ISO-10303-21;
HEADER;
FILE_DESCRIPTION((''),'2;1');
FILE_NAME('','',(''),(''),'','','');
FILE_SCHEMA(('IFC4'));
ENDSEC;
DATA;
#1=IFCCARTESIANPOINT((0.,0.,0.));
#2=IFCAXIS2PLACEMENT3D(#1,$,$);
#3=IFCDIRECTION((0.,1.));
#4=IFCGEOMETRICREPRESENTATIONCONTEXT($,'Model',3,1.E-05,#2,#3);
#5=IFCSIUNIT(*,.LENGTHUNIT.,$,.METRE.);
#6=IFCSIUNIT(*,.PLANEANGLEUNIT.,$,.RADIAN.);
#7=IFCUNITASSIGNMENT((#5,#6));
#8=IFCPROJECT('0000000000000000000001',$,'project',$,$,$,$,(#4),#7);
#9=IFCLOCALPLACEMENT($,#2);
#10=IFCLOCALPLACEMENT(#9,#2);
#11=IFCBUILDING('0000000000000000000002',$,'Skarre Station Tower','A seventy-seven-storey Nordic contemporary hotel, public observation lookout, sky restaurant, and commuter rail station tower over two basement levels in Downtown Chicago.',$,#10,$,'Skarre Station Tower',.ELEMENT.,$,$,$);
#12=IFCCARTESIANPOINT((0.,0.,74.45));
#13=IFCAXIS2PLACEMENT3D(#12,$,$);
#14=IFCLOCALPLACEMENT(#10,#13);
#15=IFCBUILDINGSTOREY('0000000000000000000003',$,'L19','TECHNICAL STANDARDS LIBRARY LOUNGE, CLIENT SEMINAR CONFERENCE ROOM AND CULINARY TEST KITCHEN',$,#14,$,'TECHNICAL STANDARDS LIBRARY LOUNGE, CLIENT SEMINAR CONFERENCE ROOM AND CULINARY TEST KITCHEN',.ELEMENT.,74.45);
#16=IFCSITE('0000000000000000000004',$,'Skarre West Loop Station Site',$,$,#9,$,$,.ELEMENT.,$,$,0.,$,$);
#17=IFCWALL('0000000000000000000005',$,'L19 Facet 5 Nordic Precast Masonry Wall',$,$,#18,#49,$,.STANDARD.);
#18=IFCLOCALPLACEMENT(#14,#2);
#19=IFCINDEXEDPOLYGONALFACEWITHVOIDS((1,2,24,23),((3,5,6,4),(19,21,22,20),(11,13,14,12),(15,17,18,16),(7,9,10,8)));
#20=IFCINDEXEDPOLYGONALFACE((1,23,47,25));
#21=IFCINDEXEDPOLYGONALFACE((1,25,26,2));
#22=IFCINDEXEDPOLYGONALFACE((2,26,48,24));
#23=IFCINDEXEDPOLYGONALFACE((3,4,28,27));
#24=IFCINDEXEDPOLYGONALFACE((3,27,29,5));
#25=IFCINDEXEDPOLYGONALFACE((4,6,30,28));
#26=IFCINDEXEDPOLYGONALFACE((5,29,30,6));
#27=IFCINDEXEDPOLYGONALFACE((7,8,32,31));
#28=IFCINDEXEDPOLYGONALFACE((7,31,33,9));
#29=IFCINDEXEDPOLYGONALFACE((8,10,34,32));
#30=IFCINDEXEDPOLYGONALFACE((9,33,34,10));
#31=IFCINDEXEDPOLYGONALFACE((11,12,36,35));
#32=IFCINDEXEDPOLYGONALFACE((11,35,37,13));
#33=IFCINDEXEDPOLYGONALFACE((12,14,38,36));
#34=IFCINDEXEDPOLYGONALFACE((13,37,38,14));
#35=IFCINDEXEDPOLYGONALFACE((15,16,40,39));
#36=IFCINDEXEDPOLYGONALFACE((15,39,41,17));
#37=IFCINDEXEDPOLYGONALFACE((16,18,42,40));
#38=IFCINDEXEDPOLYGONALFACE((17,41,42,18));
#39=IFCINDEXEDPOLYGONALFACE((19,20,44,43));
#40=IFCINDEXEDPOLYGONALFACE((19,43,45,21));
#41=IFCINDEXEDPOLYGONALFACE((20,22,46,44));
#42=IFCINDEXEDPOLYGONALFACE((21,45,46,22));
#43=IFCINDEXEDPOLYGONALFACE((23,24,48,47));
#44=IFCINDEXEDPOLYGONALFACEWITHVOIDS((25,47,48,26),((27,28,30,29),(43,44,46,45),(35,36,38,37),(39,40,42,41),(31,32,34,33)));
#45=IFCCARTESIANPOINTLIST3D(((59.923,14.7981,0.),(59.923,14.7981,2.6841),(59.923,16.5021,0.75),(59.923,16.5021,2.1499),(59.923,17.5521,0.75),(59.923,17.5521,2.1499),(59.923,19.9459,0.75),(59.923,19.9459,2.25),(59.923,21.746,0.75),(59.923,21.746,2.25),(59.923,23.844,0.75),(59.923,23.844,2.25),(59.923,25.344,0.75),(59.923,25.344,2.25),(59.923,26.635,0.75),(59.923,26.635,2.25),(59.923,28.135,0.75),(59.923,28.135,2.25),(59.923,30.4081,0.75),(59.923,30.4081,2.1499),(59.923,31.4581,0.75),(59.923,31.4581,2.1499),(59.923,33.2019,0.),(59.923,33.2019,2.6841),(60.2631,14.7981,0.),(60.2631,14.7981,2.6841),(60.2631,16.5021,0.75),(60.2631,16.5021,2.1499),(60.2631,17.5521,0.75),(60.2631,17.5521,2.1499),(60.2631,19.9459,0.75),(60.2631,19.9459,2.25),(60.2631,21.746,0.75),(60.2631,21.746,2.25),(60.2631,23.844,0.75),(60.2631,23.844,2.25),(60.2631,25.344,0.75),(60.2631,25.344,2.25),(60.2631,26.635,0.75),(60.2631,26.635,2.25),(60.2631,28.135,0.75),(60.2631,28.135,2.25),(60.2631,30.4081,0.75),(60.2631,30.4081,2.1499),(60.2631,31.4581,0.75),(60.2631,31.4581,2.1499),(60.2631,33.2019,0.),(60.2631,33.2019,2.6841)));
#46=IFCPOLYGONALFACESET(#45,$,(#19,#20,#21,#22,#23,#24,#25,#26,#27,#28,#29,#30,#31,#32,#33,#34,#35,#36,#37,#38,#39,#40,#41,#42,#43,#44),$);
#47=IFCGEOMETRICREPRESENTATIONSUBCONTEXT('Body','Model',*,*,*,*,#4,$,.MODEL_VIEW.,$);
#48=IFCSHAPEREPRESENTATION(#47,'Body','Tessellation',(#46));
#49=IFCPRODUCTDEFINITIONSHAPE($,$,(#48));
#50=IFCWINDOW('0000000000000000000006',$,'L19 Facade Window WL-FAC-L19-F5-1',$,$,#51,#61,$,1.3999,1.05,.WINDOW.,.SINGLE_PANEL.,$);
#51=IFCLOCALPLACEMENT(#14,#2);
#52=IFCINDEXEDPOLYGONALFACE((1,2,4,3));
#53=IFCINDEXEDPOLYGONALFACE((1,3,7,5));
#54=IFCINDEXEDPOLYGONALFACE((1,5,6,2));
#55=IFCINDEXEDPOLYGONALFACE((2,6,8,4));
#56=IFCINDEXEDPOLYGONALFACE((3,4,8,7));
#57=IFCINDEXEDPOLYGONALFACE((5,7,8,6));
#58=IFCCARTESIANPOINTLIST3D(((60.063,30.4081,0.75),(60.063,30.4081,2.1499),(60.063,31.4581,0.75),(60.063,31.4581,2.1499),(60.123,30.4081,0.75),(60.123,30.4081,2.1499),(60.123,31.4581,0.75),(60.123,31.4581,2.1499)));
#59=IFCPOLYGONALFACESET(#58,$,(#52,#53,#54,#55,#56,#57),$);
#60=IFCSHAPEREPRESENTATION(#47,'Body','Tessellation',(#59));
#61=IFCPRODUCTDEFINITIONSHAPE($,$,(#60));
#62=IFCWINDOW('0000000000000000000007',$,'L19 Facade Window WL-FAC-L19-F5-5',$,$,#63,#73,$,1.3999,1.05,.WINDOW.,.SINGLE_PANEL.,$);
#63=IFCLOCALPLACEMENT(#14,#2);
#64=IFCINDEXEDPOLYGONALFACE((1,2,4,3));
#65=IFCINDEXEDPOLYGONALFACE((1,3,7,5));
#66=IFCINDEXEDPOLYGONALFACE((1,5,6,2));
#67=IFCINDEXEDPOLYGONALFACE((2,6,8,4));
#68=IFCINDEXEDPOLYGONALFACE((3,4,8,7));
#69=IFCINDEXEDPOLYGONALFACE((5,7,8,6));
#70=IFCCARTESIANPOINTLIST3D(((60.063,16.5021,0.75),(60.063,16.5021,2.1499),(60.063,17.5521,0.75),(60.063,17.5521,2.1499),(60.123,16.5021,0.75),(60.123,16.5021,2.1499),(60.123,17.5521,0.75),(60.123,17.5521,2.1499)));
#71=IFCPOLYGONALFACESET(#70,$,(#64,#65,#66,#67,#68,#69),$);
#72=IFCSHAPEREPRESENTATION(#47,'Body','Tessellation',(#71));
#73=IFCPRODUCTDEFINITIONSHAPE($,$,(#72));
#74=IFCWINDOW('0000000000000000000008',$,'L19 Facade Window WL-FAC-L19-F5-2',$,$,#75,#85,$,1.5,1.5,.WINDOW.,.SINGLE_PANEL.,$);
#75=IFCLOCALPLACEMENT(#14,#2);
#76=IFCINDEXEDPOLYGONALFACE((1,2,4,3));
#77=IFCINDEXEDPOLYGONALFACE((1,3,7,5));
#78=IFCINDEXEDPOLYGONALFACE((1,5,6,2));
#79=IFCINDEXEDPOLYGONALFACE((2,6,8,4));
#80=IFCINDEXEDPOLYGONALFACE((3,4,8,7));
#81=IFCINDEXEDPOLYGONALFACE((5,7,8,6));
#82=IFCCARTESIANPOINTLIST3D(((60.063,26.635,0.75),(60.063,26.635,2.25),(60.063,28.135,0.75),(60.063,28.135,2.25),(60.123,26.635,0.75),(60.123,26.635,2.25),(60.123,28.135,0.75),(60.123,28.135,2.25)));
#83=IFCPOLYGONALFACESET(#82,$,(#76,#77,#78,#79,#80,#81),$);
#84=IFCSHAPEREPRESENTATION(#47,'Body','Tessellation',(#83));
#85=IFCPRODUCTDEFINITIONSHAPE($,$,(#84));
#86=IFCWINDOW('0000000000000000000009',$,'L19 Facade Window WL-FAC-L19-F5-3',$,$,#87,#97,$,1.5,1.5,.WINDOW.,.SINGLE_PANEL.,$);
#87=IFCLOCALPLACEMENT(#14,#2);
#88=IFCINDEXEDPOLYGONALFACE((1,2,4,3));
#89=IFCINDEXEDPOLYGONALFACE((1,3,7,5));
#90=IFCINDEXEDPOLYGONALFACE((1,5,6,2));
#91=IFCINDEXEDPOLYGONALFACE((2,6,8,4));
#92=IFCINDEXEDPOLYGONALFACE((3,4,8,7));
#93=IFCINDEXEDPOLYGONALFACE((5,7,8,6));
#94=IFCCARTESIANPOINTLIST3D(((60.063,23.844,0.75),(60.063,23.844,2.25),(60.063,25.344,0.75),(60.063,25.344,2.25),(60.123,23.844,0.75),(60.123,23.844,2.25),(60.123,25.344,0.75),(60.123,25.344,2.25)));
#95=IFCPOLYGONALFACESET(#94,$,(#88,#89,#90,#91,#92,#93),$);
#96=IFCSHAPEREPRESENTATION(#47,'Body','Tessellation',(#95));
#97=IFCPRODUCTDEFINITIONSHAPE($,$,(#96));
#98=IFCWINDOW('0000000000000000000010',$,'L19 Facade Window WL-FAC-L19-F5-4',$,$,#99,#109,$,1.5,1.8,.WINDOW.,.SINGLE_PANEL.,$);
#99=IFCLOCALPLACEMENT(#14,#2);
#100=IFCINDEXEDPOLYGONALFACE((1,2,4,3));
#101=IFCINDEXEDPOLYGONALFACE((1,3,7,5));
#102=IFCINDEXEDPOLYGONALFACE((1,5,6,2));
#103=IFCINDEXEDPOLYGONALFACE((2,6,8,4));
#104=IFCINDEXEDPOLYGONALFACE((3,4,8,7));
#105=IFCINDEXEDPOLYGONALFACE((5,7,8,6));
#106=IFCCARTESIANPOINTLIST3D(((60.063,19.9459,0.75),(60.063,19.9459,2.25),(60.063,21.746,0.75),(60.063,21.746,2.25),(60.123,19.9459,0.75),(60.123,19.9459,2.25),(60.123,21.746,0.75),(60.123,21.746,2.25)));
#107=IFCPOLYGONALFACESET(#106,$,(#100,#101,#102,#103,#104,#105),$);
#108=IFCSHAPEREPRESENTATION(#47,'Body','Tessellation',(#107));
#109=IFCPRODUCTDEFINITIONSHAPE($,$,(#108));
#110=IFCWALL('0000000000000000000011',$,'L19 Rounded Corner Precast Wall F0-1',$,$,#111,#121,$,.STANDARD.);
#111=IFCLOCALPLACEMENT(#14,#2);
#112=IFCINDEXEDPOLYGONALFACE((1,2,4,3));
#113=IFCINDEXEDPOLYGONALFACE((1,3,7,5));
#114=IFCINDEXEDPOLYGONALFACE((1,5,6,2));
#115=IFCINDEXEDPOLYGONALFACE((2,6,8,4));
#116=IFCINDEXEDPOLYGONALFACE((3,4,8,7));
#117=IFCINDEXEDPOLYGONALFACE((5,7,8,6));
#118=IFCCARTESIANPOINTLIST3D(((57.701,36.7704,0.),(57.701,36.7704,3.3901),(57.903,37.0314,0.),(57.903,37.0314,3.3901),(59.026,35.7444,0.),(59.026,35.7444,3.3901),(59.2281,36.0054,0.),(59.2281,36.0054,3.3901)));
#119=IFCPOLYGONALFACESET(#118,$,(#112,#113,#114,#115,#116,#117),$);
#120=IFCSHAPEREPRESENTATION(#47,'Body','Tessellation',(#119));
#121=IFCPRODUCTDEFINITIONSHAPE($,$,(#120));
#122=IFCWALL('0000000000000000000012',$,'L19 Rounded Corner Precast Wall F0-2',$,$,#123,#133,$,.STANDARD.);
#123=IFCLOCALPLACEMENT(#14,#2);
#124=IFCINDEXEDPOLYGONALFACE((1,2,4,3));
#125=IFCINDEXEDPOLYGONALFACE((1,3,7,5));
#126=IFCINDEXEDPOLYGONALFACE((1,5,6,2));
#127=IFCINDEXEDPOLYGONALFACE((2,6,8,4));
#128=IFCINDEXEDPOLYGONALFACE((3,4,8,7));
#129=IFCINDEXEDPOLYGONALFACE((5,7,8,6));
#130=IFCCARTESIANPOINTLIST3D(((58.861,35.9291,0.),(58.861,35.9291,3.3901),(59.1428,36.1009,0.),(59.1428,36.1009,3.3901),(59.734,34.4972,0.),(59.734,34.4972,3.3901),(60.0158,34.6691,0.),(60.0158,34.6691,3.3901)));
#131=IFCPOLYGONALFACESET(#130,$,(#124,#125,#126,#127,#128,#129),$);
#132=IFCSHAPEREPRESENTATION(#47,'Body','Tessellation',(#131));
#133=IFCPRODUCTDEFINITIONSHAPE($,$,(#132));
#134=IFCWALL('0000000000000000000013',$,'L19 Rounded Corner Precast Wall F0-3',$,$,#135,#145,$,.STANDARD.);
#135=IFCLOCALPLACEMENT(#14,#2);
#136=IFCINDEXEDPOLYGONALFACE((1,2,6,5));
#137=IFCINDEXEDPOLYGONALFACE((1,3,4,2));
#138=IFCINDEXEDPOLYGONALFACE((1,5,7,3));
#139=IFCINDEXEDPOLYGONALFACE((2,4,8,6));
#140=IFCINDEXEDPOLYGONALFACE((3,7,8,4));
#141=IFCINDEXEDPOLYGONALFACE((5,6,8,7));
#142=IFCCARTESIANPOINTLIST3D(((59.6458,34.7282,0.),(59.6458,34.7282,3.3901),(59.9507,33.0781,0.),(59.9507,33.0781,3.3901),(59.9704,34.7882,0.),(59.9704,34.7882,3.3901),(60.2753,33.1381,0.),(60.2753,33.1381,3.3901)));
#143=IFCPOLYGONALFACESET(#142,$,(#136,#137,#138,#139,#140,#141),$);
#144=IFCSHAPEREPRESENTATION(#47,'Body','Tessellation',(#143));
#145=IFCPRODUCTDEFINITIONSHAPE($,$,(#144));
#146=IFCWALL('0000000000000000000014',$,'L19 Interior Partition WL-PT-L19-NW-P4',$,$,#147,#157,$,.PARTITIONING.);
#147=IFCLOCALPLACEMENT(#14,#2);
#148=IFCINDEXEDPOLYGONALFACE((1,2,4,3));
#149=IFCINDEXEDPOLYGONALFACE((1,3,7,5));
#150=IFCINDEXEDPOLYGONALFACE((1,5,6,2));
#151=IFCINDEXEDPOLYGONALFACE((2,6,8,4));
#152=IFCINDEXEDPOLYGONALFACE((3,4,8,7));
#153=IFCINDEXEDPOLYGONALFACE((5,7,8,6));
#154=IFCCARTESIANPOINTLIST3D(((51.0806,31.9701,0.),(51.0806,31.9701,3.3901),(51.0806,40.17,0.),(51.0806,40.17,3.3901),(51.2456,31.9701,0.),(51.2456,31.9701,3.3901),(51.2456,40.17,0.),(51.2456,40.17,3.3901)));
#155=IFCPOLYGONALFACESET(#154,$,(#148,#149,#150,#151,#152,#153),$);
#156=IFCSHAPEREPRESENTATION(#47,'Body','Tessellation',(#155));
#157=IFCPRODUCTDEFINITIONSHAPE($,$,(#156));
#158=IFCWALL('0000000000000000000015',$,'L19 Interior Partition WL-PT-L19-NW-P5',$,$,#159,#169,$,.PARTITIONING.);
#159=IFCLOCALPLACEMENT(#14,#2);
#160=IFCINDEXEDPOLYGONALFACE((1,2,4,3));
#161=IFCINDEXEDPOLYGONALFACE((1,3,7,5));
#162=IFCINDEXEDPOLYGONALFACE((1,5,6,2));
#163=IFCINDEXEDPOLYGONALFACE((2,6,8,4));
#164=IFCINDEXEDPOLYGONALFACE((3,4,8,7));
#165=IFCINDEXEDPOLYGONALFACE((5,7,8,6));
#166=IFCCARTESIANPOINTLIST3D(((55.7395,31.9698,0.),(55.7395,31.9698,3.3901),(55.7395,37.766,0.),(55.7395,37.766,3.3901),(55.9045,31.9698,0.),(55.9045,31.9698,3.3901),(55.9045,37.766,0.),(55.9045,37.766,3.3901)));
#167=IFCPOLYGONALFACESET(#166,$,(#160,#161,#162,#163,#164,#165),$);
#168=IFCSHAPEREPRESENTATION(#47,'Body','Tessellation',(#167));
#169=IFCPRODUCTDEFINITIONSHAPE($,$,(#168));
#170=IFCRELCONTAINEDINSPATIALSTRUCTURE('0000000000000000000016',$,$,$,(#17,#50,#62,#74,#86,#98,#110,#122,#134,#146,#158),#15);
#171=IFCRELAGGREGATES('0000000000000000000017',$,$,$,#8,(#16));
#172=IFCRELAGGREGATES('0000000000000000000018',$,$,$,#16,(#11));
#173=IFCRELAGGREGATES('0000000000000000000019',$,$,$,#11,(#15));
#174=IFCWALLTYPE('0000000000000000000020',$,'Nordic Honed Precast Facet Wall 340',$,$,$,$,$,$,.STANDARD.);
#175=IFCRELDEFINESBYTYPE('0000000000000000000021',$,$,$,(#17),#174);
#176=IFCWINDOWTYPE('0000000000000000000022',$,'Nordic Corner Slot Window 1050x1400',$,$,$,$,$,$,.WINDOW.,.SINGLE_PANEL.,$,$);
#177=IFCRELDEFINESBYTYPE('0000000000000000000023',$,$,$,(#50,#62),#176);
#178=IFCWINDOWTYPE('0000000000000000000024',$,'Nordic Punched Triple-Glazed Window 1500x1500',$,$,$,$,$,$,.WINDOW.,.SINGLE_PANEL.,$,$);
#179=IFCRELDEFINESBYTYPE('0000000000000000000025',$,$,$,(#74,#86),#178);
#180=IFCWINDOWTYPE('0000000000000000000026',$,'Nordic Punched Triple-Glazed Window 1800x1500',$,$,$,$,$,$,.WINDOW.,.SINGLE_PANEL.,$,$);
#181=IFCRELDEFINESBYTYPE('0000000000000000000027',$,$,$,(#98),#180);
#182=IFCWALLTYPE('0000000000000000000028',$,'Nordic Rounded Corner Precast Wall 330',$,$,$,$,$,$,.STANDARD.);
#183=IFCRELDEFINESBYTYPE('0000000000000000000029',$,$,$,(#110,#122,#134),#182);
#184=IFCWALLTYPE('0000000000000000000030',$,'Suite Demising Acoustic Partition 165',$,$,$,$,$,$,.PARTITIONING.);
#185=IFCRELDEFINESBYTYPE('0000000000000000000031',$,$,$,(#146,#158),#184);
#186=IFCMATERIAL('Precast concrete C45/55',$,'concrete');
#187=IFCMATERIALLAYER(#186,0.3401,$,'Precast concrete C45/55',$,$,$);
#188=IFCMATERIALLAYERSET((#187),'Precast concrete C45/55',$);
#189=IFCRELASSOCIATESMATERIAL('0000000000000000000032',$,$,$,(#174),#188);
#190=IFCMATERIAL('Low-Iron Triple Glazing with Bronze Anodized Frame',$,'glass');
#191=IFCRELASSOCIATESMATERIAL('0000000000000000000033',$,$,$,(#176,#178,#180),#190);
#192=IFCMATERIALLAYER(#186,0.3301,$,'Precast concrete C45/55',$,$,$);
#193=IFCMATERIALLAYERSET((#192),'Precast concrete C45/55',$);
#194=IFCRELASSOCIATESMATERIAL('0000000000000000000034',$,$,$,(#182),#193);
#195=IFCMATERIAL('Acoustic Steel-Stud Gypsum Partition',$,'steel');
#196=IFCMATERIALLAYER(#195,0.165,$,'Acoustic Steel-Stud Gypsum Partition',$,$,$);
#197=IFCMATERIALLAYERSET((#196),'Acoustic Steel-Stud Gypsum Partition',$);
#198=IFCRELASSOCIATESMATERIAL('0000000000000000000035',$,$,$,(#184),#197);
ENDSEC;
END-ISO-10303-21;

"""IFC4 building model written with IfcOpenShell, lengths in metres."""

from ifc_helpers import new_model, si_unit, direction, frame, frame_2d, origin, place, context, subcontext, project, spatial, rectangle, extrude, material, layer, layer_set, type_object, element, fill, save


model = new_model("IFC4")

# Units and contexts
model_context = context("Model", 3, precision=1e-05, world=origin(), true_north=direction((0.0, 1.0)))
body_context = subcontext(model_context, "Body", "Model", "MODEL_VIEW")
ifc_project = project(units=[si_unit("LENGTHUNIT", "METRE"), si_unit("PLANEANGLEUNIT", "RADIAN")], contexts=[model_context])

# Site, building, storey
site_placement = place(None, origin())
site = spatial("IfcSite", under=ifc_project, at=site_placement, Name="Skarre West Loop Station Site", CompositionType="ELEMENT", RefElevation=0.0)
building_placement = place(site_placement, origin())
building = spatial("IfcBuilding", under=site, at=building_placement, Name="Skarre Station Tower", Description="A seventy-seven-storey Nordic contemporary hotel, public observation lookout, sky restaurant, and commuter rail station tower over two basement levels in Downtown Chicago.", LongName="Skarre Station Tower", CompositionType="ELEMENT")
storey_placement = place(building_placement, frame((0.0, 0.0, 74.45)))
storey = spatial("IfcBuildingStorey", under=building, at=storey_placement, Name="L19", Description="TECHNICAL STANDARDS LIBRARY LOUNGE, CLIENT SEMINAR CONFERENCE ROOM AND CULINARY TEST KITCHEN", LongName="TECHNICAL STANDARDS LIBRARY LOUNGE, CLIENT SEMINAR CONFERENCE ROOM AND CULINARY TEST KITCHEN", CompositionType="ELEMENT", Elevation=74.45)

# Wall, openings, windows
ifc_material_1 = material(Name="Precast concrete C45/55", Category="concrete")
ifc_layer_1 = layer(ifc_material_1, 0.3401, Name="Precast concrete C45/55")
ifc_layer_set_1 = layer_set([ifc_layer_1], Name="Precast concrete C45/55")
wall_type_1 = type_object("IfcWallType", Name="Nordic Honed Precast Facet Wall 340", PredefinedType="STANDARD", material=ifc_layer_set_1)
wall_1_placement = place(storey_placement, frame((60.093, 33.2019, 0.0), z_axis=(0.0, 0.0, 1.0), x_axis=(0.0, -1.0, 0.0)))
wall_1 = element("IfcWall", 1, at=wall_1_placement, inside=storey, type_object=wall_type_1, Name="L19 Facet 5 Nordic Precast Masonry Wall", PredefinedType="STANDARD", context=body_context, shape_type="SweptSolid", body=[
    extrude(rectangle(XDim=18.4038, YDim=0.3401, at=frame_2d((9.2019, 0.0))), origin(), (0.0, 0.0, 1.0), 2.6841),
])
opening_1_placement = place(wall_1_placement, frame((1.7439, 0.0, 0.75)))
opening_1 = element("IfcOpeningElement", 2, at=opening_1_placement, cuts=wall_1, PredefinedType="OPENING", context=body_context, shape_type="SweptSolid", body=[
    extrude(rectangle(XDim=1.05, YDim=1.3999, at=frame_2d((0.5249, 0.7))), frame((0.0, 0.1799, 0.0), z_axis=(0.0, -1.0, 0.0), x_axis=(1.0, 0.0, 0.0)), (0.0, 0.0, 1.0), 0.3601),
])
opening_2_placement = place(wall_1_placement, frame((5.0669, 0.0, 0.75)))
opening_2 = element("IfcOpeningElement", 3, at=opening_2_placement, cuts=wall_1, PredefinedType="OPENING", context=body_context, shape_type="SweptSolid", body=[
    extrude(rectangle(XDim=1.5, YDim=1.5, at=frame_2d((0.75, 0.75))), frame((0.0, 0.1799, 0.0), z_axis=(0.0, -1.0, 0.0), x_axis=(1.0, 0.0, 0.0)), (0.0, 0.0, 1.0), 0.3601),
])
opening_3_placement = place(wall_1_placement, frame((7.8579, 0.0, 0.75)))
opening_3 = element("IfcOpeningElement", 4, at=opening_3_placement, cuts=wall_1, PredefinedType="OPENING", context=body_context, shape_type="SweptSolid", body=[
    extrude(rectangle(XDim=1.5, YDim=1.5, at=frame_2d((0.75, 0.75))), frame((0.0, 0.1799, 0.0), z_axis=(0.0, -1.0, 0.0), x_axis=(1.0, 0.0, 0.0)), (0.0, 0.0, 1.0), 0.3601),
])
opening_4_placement = place(wall_1_placement, frame((11.4561, 0.0, 0.75)))
opening_4 = element("IfcOpeningElement", 5, at=opening_4_placement, cuts=wall_1, PredefinedType="OPENING", context=body_context, shape_type="SweptSolid", body=[
    extrude(rectangle(XDim=1.8, YDim=1.5, at=frame_2d((0.8999, 0.75))), frame((0.0, 0.1799, 0.0), z_axis=(0.0, -1.0, 0.0), x_axis=(1.0, 0.0, 0.0)), (0.0, 0.0, 1.0), 0.3601),
])
opening_5_placement = place(wall_1_placement, frame((15.6499, 0.0, 0.75)))
opening_5 = element("IfcOpeningElement", 6, at=opening_5_placement, cuts=wall_1, PredefinedType="OPENING", context=body_context, shape_type="SweptSolid", body=[
    extrude(rectangle(XDim=1.05, YDim=1.3999, at=frame_2d((0.5249, 0.7))), frame((0.0, 0.1799, 0.0), z_axis=(0.0, -1.0, 0.0), x_axis=(1.0, 0.0, 0.0)), (0.0, 0.0, 1.0), 0.3601),
])
ifc_material_2 = material(Name="Low-Iron Triple Glazing with Bronze Anodized Frame", Category="glass")
window_type_1 = type_object("IfcWindowType", Name="Nordic Corner Slot Window 1050x1400", PartitioningType="SINGLE_PANEL", PredefinedType="WINDOW", material=ifc_material_2)
window_1_placement = place(opening_1_placement, origin())
window_1 = element("IfcWindow", 7, at=window_1_placement, inside=storey, type_object=window_type_1, Name="L19 Facade Window WL-FAC-L19-F5-1", OverallHeight=1.3999, OverallWidth=1.05, PartitioningType="SINGLE_PANEL", PredefinedType="WINDOW", context=body_context, shape_type="SweptSolid", body=[
    extrude(rectangle(XDim=1.05, YDim=1.3999, at=frame_2d((0.5249, 0.7))), frame((0.0, 0.03, 0.0), z_axis=(0.0, -1.0, 0.0), x_axis=(1.0, 0.0, 0.0)), (0.0, 0.0, 1.0), 0.0601),
])
fill(opening_1, window_1)
window_2_placement = place(opening_5_placement, origin())
window_2 = element("IfcWindow", 8, at=window_2_placement, inside=storey, type_object=window_type_1, Name="L19 Facade Window WL-FAC-L19-F5-5", OverallHeight=1.3999, OverallWidth=1.05, PartitioningType="SINGLE_PANEL", PredefinedType="WINDOW", context=body_context, shape_type="SweptSolid", body=[
    extrude(rectangle(XDim=1.05, YDim=1.3999, at=frame_2d((0.5249, 0.7))), frame((0.0, 0.03, 0.0), z_axis=(0.0, -1.0, 0.0), x_axis=(1.0, 0.0, 0.0)), (0.0, 0.0, 1.0), 0.0601),
])
fill(opening_5, window_2)
window_type_2 = type_object("IfcWindowType", Name="Nordic Punched Triple-Glazed Window 1500x1500", PartitioningType="SINGLE_PANEL", PredefinedType="WINDOW", material=ifc_material_2)
window_3_placement = place(opening_2_placement, origin())
window_3 = element("IfcWindow", 9, at=window_3_placement, inside=storey, type_object=window_type_2, Name="L19 Facade Window WL-FAC-L19-F5-2", OverallHeight=1.5, OverallWidth=1.5, PartitioningType="SINGLE_PANEL", PredefinedType="WINDOW", context=body_context, shape_type="SweptSolid", body=[
    extrude(rectangle(XDim=1.5, YDim=1.5, at=frame_2d((0.75, 0.75))), frame((0.0, 0.03, 0.0), z_axis=(0.0, -1.0, 0.0), x_axis=(1.0, 0.0, 0.0)), (0.0, 0.0, 1.0), 0.0601),
])
fill(opening_2, window_3)
window_4_placement = place(opening_3_placement, origin())
window_4 = element("IfcWindow", 10, at=window_4_placement, inside=storey, type_object=window_type_2, Name="L19 Facade Window WL-FAC-L19-F5-3", OverallHeight=1.5, OverallWidth=1.5, PartitioningType="SINGLE_PANEL", PredefinedType="WINDOW", context=body_context, shape_type="SweptSolid", body=[
    extrude(rectangle(XDim=1.5, YDim=1.5, at=frame_2d((0.75, 0.75))), frame((0.0, 0.03, 0.0), z_axis=(0.0, -1.0, 0.0), x_axis=(1.0, 0.0, 0.0)), (0.0, 0.0, 1.0), 0.0601),
])
fill(opening_3, window_4)
window_type_3 = type_object("IfcWindowType", Name="Nordic Punched Triple-Glazed Window 1800x1500", PartitioningType="SINGLE_PANEL", PredefinedType="WINDOW", material=ifc_material_2)
window_5_placement = place(opening_4_placement, origin())
window_5 = element("IfcWindow", 11, at=window_5_placement, inside=storey, type_object=window_type_3, Name="L19 Facade Window WL-FAC-L19-F5-4", OverallHeight=1.5, OverallWidth=1.8, PartitioningType="SINGLE_PANEL", PredefinedType="WINDOW", context=body_context, shape_type="SweptSolid", body=[
    extrude(rectangle(XDim=1.8, YDim=1.5, at=frame_2d((0.8999, 0.75))), frame((0.0, 0.03, 0.0), z_axis=(0.0, -1.0, 0.0), x_axis=(1.0, 0.0, 0.0)), (0.0, 0.0, 1.0), 0.0601),
])
fill(opening_4, window_5)

# Walls
ifc_layer_2 = layer(ifc_material_1, 0.3301, Name="Precast concrete C45/55")
ifc_layer_set_2 = layer_set([ifc_layer_2], Name="Precast concrete C45/55")
wall_type_2 = type_object("IfcWallType", Name="Nordic Rounded Corner Precast Wall 330", PredefinedType="STANDARD", material=ifc_layer_set_2)
wall_2_placement = place(storey_placement, frame((57.802, 36.9009, 0.0), z_axis=(0.0, 0.0, 1.0), x_axis=(0.790692, -0.612214, 0.0)))
element("IfcWall", 12, at=wall_2_placement, inside=storey, type_object=wall_type_2, Name="L19 Rounded Corner Precast Wall F0-1", PredefinedType="STANDARD", context=body_context, shape_type="SweptSolid", body=[
    extrude(rectangle(XDim=1.6758, YDim=0.3301, at=frame_2d((0.8379, 0.0))), origin(), (0.0, 0.0, 1.0), 3.3901),
])
wall_3_placement = place(storey_placement, frame((59.002, 36.0149, 0.0), z_axis=(0.0, 0.0, 1.0), x_axis=(0.520584, -0.85381, 0.0)))
element("IfcWall", 13, at=wall_3_placement, inside=storey, type_object=wall_type_2, Name="L19 Rounded Corner Precast Wall F0-2", PredefinedType="STANDARD", context=body_context, shape_type="SweptSolid", body=[
    extrude(rectangle(XDim=1.677, YDim=0.3301, at=frame_2d((0.8384, 0.0))), origin(), (0.0, 0.0, 1.0), 3.3901),
])
wall_4_placement = place(storey_placement, frame((59.8081, 34.7581, 0.0), z_axis=(0.0, 0.0, 1.0), x_axis=(0.181714, -0.983351, 0.0)))
element("IfcWall", 14, at=wall_4_placement, inside=storey, type_object=wall_type_2, Name="L19 Rounded Corner Precast Wall F0-3", PredefinedType="STANDARD", context=body_context, shape_type="SweptSolid", body=[
    extrude(rectangle(XDim=1.678, YDim=0.3301, at=frame_2d((0.8389, 0.0))), origin(), (0.0, 0.0, 1.0), 3.3901),
])
ifc_material_3 = material(Name="Acoustic Steel-Stud Gypsum Partition", Category="steel")
ifc_layer_3 = layer(ifc_material_3, 0.165, Name="Acoustic Steel-Stud Gypsum Partition")
ifc_layer_set_3 = layer_set([ifc_layer_3], Name="Acoustic Steel-Stud Gypsum Partition")
wall_type_3 = type_object("IfcWallType", Name="Suite Demising Acoustic Partition 165", PredefinedType="PARTITIONING", material=ifc_layer_set_3)
wall_5_placement = place(storey_placement, frame((51.1631, 31.97, 0.0), z_axis=(0.0, 0.0, 1.0), x_axis=(0.0, 1.0, 0.0)))
element("IfcWall", 15, at=wall_5_placement, inside=storey, type_object=wall_type_3, Name="L19 Interior Partition WL-PT-L19-NW-P4", PredefinedType="PARTITIONING", context=body_context, shape_type="SweptSolid", body=[
    extrude(rectangle(XDim=8.2, YDim=0.165, at=frame_2d((4.1001, 0.0))), origin(), (0.0, 0.0, 1.0), 3.3901),
])
wall_6_placement = place(storey_placement, frame((55.822, 31.97, 0.0), z_axis=(0.0, 0.0, 1.0), x_axis=(0.0, 1.0, 0.0)))
element("IfcWall", 16, at=wall_6_placement, inside=storey, type_object=wall_type_3, Name="L19 Interior Partition WL-PT-L19-NW-P5", PredefinedType="PARTITIONING", context=body_context, shape_type="SweptSolid", body=[
    extrude(rectangle(XDim=5.7961, YDim=0.165, at=frame_2d((2.8979, 0.0))), origin(), (0.0, 0.0, 1.0), 3.3901),
])

save(model, "model.ifc")
